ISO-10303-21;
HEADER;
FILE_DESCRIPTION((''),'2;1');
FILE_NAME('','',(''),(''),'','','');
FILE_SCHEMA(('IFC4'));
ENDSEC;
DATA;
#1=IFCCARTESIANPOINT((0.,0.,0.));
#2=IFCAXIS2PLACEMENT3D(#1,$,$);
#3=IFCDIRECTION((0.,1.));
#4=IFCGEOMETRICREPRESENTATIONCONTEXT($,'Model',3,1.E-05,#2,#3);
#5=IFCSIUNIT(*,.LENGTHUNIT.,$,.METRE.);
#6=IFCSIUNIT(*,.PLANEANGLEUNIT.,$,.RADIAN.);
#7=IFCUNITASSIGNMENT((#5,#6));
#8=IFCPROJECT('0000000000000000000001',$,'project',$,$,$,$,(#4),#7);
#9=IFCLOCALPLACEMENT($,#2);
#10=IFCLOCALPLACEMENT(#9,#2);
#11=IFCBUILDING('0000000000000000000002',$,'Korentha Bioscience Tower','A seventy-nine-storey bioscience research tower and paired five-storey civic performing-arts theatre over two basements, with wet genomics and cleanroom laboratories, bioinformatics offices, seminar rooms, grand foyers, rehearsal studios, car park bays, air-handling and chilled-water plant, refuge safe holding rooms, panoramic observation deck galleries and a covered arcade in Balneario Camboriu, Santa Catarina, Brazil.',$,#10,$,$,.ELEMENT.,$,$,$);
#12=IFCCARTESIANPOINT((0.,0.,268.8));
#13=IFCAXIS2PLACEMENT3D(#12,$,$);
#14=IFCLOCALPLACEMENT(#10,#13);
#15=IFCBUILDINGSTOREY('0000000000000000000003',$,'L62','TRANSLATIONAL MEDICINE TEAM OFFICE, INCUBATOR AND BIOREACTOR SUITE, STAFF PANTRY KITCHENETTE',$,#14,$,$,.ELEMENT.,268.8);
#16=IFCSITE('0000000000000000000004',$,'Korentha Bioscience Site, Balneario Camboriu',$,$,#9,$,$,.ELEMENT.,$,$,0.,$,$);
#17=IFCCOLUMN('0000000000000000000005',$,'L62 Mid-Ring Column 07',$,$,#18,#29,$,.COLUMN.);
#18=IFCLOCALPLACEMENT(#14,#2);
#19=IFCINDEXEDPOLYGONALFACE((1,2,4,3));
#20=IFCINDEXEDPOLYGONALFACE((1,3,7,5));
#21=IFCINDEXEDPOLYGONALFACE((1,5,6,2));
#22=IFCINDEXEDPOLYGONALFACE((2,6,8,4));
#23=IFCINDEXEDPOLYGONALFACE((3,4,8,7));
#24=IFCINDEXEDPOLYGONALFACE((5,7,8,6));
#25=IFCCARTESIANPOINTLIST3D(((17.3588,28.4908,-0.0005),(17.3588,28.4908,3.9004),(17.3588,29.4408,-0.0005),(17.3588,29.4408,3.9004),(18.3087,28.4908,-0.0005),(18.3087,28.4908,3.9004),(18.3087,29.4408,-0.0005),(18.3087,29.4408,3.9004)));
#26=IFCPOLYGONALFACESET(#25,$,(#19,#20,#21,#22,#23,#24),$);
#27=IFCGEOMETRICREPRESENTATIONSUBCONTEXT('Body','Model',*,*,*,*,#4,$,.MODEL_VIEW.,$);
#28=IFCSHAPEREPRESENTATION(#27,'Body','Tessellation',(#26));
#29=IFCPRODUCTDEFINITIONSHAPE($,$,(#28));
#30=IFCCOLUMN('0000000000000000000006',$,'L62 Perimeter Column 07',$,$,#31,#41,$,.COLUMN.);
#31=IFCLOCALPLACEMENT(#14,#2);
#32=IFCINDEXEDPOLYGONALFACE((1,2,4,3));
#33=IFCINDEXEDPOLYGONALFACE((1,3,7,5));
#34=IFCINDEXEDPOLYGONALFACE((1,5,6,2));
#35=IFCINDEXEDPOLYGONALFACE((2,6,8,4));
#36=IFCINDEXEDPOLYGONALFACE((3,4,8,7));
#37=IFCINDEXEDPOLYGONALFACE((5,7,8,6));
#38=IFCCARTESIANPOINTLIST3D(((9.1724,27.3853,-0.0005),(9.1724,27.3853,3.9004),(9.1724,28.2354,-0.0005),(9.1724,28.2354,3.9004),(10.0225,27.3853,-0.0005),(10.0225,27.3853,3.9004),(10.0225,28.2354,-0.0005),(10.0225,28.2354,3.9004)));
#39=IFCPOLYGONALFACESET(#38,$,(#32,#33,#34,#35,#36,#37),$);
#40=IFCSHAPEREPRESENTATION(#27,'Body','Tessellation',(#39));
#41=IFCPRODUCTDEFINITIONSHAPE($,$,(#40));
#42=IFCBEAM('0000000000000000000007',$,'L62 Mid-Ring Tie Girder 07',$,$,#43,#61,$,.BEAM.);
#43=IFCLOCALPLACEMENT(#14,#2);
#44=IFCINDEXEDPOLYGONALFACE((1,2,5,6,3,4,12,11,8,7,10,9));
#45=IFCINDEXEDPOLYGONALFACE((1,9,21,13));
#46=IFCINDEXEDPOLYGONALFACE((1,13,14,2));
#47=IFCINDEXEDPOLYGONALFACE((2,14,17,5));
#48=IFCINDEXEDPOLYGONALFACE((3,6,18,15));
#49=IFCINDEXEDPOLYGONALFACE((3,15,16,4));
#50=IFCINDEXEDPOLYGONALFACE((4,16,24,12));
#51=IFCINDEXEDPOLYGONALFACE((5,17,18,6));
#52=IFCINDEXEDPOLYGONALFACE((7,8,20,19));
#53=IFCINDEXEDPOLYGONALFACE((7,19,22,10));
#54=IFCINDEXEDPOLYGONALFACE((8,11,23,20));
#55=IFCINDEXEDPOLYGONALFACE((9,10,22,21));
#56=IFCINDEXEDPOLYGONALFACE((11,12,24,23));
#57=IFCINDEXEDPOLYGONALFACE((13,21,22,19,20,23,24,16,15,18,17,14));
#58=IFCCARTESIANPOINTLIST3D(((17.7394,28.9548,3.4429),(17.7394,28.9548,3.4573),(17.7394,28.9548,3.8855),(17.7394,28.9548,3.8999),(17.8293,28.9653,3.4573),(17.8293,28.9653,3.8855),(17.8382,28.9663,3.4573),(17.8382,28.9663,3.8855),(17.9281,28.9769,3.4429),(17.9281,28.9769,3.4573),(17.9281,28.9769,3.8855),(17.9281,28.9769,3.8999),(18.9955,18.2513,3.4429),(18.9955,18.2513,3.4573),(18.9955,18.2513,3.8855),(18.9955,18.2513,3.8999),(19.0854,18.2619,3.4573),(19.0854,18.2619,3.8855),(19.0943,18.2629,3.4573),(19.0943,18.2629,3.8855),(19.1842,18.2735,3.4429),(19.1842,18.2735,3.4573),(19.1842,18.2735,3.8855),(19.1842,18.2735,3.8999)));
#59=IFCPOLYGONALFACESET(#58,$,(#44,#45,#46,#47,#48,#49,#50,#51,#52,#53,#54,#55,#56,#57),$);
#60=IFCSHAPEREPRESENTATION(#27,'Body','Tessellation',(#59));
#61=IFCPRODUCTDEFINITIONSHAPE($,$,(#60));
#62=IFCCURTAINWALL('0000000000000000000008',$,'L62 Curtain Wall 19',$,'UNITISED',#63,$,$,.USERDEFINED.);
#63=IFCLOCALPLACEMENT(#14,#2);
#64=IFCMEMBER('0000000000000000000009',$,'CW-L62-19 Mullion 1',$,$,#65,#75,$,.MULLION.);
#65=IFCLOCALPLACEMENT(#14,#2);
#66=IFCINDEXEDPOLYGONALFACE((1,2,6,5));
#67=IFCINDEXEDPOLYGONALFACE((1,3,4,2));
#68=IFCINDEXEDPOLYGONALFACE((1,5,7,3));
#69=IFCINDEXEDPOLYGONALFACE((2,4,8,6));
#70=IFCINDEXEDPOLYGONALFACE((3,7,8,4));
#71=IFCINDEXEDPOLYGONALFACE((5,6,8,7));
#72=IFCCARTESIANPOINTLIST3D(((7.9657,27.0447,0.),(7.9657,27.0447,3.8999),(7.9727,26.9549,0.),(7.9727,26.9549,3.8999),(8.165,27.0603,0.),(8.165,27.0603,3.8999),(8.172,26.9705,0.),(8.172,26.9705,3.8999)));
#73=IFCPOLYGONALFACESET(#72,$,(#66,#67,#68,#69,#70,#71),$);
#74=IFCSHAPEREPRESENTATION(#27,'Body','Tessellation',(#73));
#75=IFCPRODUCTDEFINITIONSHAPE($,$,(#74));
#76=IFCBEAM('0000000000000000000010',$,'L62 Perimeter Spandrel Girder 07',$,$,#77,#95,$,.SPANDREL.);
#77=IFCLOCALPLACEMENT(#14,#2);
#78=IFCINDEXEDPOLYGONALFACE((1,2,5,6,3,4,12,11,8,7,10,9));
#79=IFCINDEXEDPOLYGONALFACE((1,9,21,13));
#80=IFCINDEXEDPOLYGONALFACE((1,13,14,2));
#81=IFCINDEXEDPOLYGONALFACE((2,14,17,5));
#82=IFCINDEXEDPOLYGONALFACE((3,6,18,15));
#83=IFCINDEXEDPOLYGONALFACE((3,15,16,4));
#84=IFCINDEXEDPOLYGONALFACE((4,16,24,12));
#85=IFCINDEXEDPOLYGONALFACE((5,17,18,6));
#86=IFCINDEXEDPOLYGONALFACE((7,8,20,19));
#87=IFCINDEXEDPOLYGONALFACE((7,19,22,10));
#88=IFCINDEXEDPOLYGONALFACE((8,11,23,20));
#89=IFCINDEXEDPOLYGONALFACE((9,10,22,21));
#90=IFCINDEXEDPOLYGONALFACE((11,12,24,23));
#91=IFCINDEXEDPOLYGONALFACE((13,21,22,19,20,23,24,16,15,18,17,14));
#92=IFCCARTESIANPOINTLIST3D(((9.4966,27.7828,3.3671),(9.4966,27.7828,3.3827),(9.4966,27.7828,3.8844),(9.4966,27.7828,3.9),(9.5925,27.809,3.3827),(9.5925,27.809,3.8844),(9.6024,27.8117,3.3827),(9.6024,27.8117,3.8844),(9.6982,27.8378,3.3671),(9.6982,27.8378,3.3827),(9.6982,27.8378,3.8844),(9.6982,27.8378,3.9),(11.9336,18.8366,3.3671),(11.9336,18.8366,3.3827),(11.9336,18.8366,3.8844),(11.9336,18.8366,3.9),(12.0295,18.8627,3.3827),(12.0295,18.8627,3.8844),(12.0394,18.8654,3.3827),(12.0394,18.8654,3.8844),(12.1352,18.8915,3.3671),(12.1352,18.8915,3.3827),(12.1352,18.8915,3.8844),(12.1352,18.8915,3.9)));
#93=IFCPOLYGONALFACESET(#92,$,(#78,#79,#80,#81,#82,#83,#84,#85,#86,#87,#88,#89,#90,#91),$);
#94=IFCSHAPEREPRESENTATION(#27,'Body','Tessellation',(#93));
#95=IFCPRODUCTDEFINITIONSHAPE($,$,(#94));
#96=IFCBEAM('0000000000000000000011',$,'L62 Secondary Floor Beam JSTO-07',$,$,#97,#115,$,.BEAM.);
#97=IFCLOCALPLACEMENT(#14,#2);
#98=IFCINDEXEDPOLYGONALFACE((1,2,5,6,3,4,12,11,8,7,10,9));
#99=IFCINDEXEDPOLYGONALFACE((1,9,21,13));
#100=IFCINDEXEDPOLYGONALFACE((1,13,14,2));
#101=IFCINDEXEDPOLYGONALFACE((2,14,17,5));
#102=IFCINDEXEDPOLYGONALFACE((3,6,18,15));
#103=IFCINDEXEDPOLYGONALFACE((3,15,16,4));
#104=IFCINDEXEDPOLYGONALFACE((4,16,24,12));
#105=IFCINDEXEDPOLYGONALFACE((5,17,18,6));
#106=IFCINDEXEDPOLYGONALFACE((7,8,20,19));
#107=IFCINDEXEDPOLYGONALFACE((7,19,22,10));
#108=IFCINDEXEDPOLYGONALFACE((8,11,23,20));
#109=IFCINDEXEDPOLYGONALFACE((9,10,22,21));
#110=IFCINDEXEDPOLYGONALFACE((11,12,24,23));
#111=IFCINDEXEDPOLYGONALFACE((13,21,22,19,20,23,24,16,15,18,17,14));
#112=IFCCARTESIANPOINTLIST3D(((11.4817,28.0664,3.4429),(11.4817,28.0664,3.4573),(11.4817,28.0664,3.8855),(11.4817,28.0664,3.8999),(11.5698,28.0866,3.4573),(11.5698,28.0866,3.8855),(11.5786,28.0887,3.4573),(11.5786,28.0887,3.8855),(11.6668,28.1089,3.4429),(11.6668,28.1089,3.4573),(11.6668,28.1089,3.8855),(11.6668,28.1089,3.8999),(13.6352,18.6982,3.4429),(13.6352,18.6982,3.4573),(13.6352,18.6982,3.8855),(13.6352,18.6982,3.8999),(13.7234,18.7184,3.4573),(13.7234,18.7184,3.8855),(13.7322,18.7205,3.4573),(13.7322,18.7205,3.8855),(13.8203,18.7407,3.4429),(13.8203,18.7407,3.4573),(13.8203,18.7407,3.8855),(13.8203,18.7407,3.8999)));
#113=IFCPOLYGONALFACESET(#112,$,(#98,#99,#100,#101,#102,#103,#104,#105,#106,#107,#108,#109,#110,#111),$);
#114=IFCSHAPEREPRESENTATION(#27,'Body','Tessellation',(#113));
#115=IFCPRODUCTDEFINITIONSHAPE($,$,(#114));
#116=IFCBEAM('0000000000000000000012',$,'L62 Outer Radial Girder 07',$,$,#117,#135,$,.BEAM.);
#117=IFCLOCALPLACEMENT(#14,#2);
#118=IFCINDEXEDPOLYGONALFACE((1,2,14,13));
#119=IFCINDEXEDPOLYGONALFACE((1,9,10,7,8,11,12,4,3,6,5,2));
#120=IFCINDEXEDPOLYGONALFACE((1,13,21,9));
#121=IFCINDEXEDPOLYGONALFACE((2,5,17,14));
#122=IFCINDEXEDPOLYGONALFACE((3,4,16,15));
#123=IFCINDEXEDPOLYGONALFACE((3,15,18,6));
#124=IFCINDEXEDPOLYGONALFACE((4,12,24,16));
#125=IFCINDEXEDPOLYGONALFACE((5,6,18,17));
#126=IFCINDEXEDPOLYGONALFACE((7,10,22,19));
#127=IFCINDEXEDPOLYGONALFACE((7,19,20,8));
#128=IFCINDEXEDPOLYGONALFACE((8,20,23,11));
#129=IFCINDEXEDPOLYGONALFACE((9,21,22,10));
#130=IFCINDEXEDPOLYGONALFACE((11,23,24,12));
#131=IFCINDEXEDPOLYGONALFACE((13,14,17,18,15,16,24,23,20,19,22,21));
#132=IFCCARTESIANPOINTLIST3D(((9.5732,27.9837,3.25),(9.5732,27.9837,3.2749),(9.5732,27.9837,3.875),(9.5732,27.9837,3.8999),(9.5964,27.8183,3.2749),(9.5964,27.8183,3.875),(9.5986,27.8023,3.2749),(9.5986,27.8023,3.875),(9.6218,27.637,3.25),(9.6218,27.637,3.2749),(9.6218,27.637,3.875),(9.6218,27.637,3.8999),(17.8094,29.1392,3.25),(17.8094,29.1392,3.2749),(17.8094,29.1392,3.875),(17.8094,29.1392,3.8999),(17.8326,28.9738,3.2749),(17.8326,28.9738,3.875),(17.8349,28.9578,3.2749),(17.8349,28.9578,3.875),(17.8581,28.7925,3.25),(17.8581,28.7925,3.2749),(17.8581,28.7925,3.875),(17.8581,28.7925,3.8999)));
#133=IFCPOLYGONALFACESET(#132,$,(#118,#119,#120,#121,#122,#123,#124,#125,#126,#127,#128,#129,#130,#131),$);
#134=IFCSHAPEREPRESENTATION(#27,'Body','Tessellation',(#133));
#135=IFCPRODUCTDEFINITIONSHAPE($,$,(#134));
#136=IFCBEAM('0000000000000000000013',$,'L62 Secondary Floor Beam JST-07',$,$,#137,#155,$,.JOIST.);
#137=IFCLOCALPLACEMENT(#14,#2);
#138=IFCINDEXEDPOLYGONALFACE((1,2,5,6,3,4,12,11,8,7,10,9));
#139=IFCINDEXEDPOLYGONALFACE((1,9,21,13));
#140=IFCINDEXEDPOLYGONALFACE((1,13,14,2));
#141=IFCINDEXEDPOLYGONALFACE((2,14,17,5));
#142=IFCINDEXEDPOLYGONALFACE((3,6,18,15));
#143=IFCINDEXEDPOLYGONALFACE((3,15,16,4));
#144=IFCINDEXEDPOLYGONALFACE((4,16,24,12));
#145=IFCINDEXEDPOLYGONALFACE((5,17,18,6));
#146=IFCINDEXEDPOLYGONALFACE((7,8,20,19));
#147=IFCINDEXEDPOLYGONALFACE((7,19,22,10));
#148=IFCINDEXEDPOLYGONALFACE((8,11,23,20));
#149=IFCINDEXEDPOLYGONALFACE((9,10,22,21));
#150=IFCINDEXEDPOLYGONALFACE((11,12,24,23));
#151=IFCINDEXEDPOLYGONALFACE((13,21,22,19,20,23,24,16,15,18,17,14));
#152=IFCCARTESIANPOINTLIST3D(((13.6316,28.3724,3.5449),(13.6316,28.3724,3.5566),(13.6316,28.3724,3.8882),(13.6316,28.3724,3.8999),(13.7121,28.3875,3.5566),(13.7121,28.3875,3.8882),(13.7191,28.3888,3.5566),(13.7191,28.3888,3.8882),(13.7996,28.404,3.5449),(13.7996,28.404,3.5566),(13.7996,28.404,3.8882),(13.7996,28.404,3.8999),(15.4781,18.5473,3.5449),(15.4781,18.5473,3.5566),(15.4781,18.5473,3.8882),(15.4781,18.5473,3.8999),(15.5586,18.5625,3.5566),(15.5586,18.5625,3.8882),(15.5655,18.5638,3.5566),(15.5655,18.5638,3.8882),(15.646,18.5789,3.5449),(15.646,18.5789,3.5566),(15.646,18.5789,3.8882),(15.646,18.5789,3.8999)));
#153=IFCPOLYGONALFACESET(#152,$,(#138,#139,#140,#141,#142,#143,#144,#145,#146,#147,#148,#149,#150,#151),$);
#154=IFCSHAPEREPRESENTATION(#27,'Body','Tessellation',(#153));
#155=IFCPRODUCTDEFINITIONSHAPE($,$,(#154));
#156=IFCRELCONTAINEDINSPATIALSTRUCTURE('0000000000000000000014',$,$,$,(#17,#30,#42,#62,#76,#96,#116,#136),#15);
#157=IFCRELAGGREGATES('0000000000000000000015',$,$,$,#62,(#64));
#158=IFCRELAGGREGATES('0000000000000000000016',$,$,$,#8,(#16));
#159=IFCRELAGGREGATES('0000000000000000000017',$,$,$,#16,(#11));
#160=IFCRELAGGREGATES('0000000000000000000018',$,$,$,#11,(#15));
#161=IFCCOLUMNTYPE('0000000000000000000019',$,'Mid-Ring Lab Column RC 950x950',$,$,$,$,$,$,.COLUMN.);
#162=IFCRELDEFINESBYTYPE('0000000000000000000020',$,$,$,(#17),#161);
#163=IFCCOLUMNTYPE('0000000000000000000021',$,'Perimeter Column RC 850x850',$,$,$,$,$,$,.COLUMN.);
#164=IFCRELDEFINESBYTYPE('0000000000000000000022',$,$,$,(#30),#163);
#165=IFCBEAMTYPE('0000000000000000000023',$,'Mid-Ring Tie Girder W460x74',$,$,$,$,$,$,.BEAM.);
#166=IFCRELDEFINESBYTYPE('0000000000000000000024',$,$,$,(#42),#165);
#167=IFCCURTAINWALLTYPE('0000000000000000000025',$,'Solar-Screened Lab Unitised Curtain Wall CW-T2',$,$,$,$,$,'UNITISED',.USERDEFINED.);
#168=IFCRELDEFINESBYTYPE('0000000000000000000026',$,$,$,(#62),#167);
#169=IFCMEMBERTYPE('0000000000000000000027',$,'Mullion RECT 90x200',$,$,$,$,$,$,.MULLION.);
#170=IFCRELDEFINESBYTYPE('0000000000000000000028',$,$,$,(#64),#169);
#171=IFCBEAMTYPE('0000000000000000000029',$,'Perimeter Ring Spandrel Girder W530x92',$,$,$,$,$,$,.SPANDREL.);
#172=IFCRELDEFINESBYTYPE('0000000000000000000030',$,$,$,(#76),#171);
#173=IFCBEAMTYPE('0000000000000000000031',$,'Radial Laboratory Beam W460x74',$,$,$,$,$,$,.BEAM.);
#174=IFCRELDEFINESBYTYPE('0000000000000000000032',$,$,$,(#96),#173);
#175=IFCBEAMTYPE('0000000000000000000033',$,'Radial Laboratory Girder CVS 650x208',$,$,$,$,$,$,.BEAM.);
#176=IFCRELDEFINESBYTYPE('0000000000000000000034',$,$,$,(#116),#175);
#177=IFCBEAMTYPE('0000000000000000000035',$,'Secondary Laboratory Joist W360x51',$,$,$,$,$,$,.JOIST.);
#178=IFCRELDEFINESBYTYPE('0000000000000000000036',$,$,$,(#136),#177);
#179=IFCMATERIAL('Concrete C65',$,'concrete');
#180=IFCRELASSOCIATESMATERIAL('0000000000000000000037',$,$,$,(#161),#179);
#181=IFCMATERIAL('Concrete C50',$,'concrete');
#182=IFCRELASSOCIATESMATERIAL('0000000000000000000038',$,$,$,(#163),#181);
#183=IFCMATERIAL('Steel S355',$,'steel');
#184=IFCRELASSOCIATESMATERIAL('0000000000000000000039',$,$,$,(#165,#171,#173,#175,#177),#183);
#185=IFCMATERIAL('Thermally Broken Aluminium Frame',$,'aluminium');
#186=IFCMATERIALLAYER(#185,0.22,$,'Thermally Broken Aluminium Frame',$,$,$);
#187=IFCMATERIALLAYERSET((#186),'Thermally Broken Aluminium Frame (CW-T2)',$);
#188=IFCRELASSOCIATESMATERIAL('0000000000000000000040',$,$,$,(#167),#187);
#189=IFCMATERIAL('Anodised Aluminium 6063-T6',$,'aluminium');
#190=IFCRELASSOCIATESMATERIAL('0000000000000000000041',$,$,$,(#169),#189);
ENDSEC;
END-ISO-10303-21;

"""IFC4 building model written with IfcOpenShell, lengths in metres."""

from ifc_helpers import new_model, si_unit, direction, frame, origin, origin_2d, place, context, subcontext, project, spatial, rectangle, i_section, extrude, material, layer, layer_set, material_profile, profile_set, type_object, element, aggregate, save


model = new_model("IFC4")

# Units and contexts
model_context = context("Model", 3, precision=1e-05, world=origin(), true_north=direction((0.0, 1.0)))
body_context = subcontext(model_context, "Body", "Model", "MODEL_VIEW")
ifc_project = project(units=[si_unit("LENGTHUNIT", "METRE"), si_unit("PLANEANGLEUNIT", "RADIAN")], contexts=[model_context])

# Site, building, storey
site_placement = place(None, origin())
site = spatial("IfcSite", under=ifc_project, at=site_placement, Name="Korentha Bioscience Site, Balneario Camboriu", CompositionType="ELEMENT", RefElevation=0.0)
building_placement = place(site_placement, origin())
building = spatial("IfcBuilding", under=site, at=building_placement, Name="Korentha Bioscience Tower", Description="A seventy-nine-storey bioscience research tower and paired five-storey civic performing-arts theatre over two basements, with wet genomics and cleanroom laboratories, bioinformatics offices, seminar rooms, grand foyers, rehearsal studios, car park bays, air-handling and chilled-water plant, refuge safe holding rooms, panoramic observation deck galleries and a covered arcade in Balneario Camboriu, Santa Catarina, Brazil.", CompositionType="ELEMENT")
storey_placement = place(building_placement, frame((0.0, 0.0, 268.8)))
storey = spatial("IfcBuildingStorey", under=building, at=storey_placement, Name="L62", Description="TRANSLATIONAL MEDICINE TEAM OFFICE, INCUBATOR AND BIOREACTOR SUITE, STAFF PANTRY KITCHENETTE", CompositionType="ELEMENT", Elevation=268.8)

# Columns
ifc_material_1 = material(Name="Concrete C65", Category="concrete")
ifc_material_profile_1 = material_profile(ifc_material_1, rectangle(XDim=0.95, YDim=0.95, at=origin_2d()), Name="Concrete C65")
ifc_profile_set_1 = profile_set([ifc_material_profile_1], Name="Concrete C65 (COL-MR09)")
column_type_1 = type_object("IfcColumnType", Name="Mid-Ring Lab Column RC 950x950", PredefinedType="COLUMN", material=ifc_profile_set_1)
column_1_placement = place(storey_placement, frame((17.8337, 28.9658, -0.0005), z_axis=(0.0, 0.0, 1.0), x_axis=(1.0, 0.0, 0.0)))
element("IfcColumn", 1, at=column_1_placement, inside=storey, type_object=column_type_1, Name="L62 Mid-Ring Column 07", PredefinedType="COLUMN", context=body_context, shape_type="SweptSolid", body=[
    extrude(rectangle(XDim=0.95, YDim=0.95, at=origin_2d()), origin(), (0.0, 0.0, 1.0), 3.9009),
])
ifc_material_2 = material(Name="Concrete C50", Category="concrete")
ifc_material_profile_2 = material_profile(ifc_material_2, rectangle(XDim=0.8501, YDim=0.8501, at=origin_2d()), Name="Concrete C50")
ifc_profile_set_2 = profile_set([ifc_material_profile_2], Name="Concrete C50 (COL-P08)")
column_type_2 = type_object("IfcColumnType", Name="Perimeter Column RC 850x850", PredefinedType="COLUMN", material=ifc_profile_set_2)
column_2_placement = place(storey_placement, frame((9.5974, 27.8103, -0.0005), z_axis=(0.0, 0.0, 1.0), x_axis=(0.0, 1.0, 0.0)))
element("IfcColumn", 2, at=column_2_placement, inside=storey, type_object=column_type_2, Name="L62 Perimeter Column 07", PredefinedType="COLUMN", context=body_context, shape_type="SweptSolid", body=[
    extrude(rectangle(XDim=0.8501, YDim=0.8501, at=origin_2d()), origin(), (0.0, 0.0, 1.0), 3.9009),
])

# Beam
ifc_material_3 = material(Name="Steel S355", Category="steel")
ifc_material_profile_3 = material_profile(ifc_material_3, i_section(OverallWidth=0.1899, OverallDepth=0.457, WebThickness=0.009, FlangeThickness=0.0144, at=origin_2d()), Name="Steel S355")
ifc_profile_set_3 = profile_set([ifc_material_profile_3], Name="Steel S355 (MB-460)")
beam_type_1 = type_object("IfcBeamType", Name="Mid-Ring Tie Girder W460x74", PredefinedType="BEAM", material=ifc_profile_set_3)
beam_1_placement = place(storey_placement, frame((17.8337, 28.9658, 3.6714), z_axis=(0.116556, -0.993184, 0.0), x_axis=(0.993184, 0.116556, 0.0)))
element("IfcBeam", 3, at=beam_1_placement, inside=storey, type_object=beam_type_1, Name="L62 Mid-Ring Tie Girder 07", PredefinedType="BEAM", context=body_context, shape_type="SweptSolid", body=[
    extrude(i_section(OverallWidth=0.1899, OverallDepth=0.457, WebThickness=0.009, FlangeThickness=0.0144, at=origin_2d()), origin(), (0.0, 0.0, 1.0), 10.7769),
])

# Curtain wall, member
ifc_material_4 = material(Name="Thermally Broken Aluminium Frame", Category="aluminium")
ifc_layer_1 = layer(ifc_material_4, 0.22, Name="Thermally Broken Aluminium Frame")
ifc_layer_set_1 = layer_set([ifc_layer_1], Name="Thermally Broken Aluminium Frame (CW-T2)")
curtain_wall_type = type_object("IfcCurtainWallType", Name="Solar-Screened Lab Unitised Curtain Wall CW-T2", ElementType="UNITISED", PredefinedType="USERDEFINED", material=ifc_layer_set_1)
curtain_wall_placement = place(storey_placement, origin())
curtain_wall = element("IfcCurtainWall", 4, at=curtain_wall_placement, inside=storey, type_object=curtain_wall_type, Name="L62 Curtain Wall 19", ObjectType="UNITISED", PredefinedType="USERDEFINED")
ifc_material_5 = material(Name="Anodised Aluminium 6063-T6", Category="aluminium")
ifc_material_profile_4 = material_profile(ifc_material_5, rectangle(XDim=0.0901, YDim=0.2, at=origin_2d()), Name="Anodised Aluminium 6063-T6")
ifc_profile_set_4 = profile_set([ifc_material_profile_4], Name="Anodised Aluminium 6063-T6 (CW-MUL)")
member_type_1 = type_object("IfcMemberType", Name="Mullion RECT 90x200", PredefinedType="MULLION", material=ifc_profile_set_4)
member_1_placement = place(storey_placement, frame((8.0688, 27.0076, 0.0), z_axis=(0.0, 0.0, 1.0), x_axis=(0.078035, -0.996951, 0.0)))
member_1 = element("IfcMember", 5, at=member_1_placement, type_object=member_type_1, Name="CW-L62-19 Mullion 1", PredefinedType="MULLION", context=body_context, shape_type="SweptSolid", body=[
    extrude(rectangle(XDim=0.0901, YDim=0.2, at=origin_2d()), origin(), (0.0, 0.0, 1.0), 3.8999),
])

# Beams
ifc_material_profile_5 = material_profile(ifc_material_3, i_section(OverallWidth=0.209, OverallDepth=0.533, WebThickness=0.0103, FlangeThickness=0.0156, at=origin_2d()), Name="Steel S355")
ifc_profile_set_5 = profile_set([ifc_material_profile_5], Name="Steel S355 (SB-530)")
beam_type_2 = type_object("IfcBeamType", Name="Perimeter Ring Spandrel Girder W530x92", PredefinedType="SPANDREL", material=ifc_profile_set_5)
beam_2_placement = place(storey_placement, frame((9.5974, 27.8103, 3.6335), z_axis=(0.262828, -0.964843, 0.0), x_axis=(0.964843, 0.262828, 0.0)))
element("IfcBeam", 6, at=beam_2_placement, inside=storey, type_object=beam_type_2, Name="L62 Perimeter Spandrel Girder 07", PredefinedType="SPANDREL", context=body_context, shape_type="SweptSolid", body=[
    extrude(i_section(OverallWidth=0.209, OverallDepth=0.533, WebThickness=0.0103, FlangeThickness=0.0156, at=origin_2d()), origin(), (0.0, 0.0, 1.0), 9.2722),
])
ifc_material_profile_6 = material_profile(ifc_material_3, i_section(OverallWidth=0.1899, OverallDepth=0.457, WebThickness=0.009, FlangeThickness=0.0144, at=origin_2d()), Name="Steel S355")
ifc_profile_set_6 = profile_set([ifc_material_profile_6], Name="Steel S355 (RB-460)")
beam_type_3 = type_object("IfcBeamType", Name="Radial Laboratory Beam W460x74", PredefinedType="BEAM", material=ifc_profile_set_6)
beam_3_placement = place(storey_placement, frame((11.5742, 28.0876, 3.6714), z_axis=(0.224038, -0.97458, 0.0), x_axis=(0.97458, 0.224038, 0.0)))
element("IfcBeam", 7, at=beam_3_placement, inside=storey, type_object=beam_type_3, Name="L62 Secondary Floor Beam JSTO-07", PredefinedType="BEAM", context=body_context, shape_type="SweptSolid", body=[
    extrude(i_section(OverallWidth=0.1899, OverallDepth=0.457, WebThickness=0.009, FlangeThickness=0.0144, at=origin_2d()), origin(), (0.0, 0.0, 1.0), 9.6125),
])
ifc_material_profile_7 = material_profile(ifc_material_3, i_section(OverallWidth=0.3501, OverallDepth=0.6499, WebThickness=0.0161, FlangeThickness=0.0249, at=origin_2d()), Name="Steel S355")
ifc_profile_set_7 = profile_set([ifc_material_profile_7], Name="Steel S355 (RB-650)")
beam_type_4 = type_object("IfcBeamType", Name="Radial Laboratory Girder CVS 650x208", PredefinedType="BEAM", material=ifc_profile_set_7)
beam_4_placement = place(storey_placement, frame((17.8337, 28.9658, 3.575), z_axis=(-0.990302, -0.138935, 0.0), x_axis=(0.138935, -0.990302, 0.0)))
element("IfcBeam", 8, at=beam_4_placement, inside=storey, type_object=beam_type_4, Name="L62 Outer Radial Girder 07", PredefinedType="BEAM", context=body_context, shape_type="SweptSolid", body=[
    extrude(i_section(OverallWidth=0.3501, OverallDepth=0.6499, WebThickness=0.0161, FlangeThickness=0.0249, at=origin_2d()), origin(), (0.0, 0.0, 1.0), 8.3169),
])
ifc_material_profile_8 = material_profile(ifc_material_3, i_section(OverallWidth=0.1709, OverallDepth=0.355, WebThickness=0.0071, FlangeThickness=0.0117, at=origin_2d()), Name="Steel S355")
ifc_profile_set_8 = profile_set([ifc_material_profile_8], Name="Steel S355 (JB-360)")
beam_type_5 = type_object("IfcBeamType", Name="Secondary Laboratory Joist W360x51", PredefinedType="JOIST", material=ifc_profile_set_8)
beam_5_placement = place(storey_placement, frame((13.7156, 28.3882, 3.7224), z_axis=(0.1847, -0.982795, 0.0), x_axis=(0.982795, 0.1847, 0.0)))
element("IfcBeam", 9, at=beam_5_placement, inside=storey, type_object=beam_type_5, Name="L62 Secondary Floor Beam JST-07", PredefinedType="JOIST", context=body_context, shape_type="SweptSolid", body=[
    extrude(i_section(OverallWidth=0.1709, OverallDepth=0.355, WebThickness=0.0071, FlangeThickness=0.0117, at=origin_2d()), origin(), (0.0, 0.0, 1.0), 9.9971),
])

aggregate(curtain_wall, [member_1])

save(model, "model.ifc")
